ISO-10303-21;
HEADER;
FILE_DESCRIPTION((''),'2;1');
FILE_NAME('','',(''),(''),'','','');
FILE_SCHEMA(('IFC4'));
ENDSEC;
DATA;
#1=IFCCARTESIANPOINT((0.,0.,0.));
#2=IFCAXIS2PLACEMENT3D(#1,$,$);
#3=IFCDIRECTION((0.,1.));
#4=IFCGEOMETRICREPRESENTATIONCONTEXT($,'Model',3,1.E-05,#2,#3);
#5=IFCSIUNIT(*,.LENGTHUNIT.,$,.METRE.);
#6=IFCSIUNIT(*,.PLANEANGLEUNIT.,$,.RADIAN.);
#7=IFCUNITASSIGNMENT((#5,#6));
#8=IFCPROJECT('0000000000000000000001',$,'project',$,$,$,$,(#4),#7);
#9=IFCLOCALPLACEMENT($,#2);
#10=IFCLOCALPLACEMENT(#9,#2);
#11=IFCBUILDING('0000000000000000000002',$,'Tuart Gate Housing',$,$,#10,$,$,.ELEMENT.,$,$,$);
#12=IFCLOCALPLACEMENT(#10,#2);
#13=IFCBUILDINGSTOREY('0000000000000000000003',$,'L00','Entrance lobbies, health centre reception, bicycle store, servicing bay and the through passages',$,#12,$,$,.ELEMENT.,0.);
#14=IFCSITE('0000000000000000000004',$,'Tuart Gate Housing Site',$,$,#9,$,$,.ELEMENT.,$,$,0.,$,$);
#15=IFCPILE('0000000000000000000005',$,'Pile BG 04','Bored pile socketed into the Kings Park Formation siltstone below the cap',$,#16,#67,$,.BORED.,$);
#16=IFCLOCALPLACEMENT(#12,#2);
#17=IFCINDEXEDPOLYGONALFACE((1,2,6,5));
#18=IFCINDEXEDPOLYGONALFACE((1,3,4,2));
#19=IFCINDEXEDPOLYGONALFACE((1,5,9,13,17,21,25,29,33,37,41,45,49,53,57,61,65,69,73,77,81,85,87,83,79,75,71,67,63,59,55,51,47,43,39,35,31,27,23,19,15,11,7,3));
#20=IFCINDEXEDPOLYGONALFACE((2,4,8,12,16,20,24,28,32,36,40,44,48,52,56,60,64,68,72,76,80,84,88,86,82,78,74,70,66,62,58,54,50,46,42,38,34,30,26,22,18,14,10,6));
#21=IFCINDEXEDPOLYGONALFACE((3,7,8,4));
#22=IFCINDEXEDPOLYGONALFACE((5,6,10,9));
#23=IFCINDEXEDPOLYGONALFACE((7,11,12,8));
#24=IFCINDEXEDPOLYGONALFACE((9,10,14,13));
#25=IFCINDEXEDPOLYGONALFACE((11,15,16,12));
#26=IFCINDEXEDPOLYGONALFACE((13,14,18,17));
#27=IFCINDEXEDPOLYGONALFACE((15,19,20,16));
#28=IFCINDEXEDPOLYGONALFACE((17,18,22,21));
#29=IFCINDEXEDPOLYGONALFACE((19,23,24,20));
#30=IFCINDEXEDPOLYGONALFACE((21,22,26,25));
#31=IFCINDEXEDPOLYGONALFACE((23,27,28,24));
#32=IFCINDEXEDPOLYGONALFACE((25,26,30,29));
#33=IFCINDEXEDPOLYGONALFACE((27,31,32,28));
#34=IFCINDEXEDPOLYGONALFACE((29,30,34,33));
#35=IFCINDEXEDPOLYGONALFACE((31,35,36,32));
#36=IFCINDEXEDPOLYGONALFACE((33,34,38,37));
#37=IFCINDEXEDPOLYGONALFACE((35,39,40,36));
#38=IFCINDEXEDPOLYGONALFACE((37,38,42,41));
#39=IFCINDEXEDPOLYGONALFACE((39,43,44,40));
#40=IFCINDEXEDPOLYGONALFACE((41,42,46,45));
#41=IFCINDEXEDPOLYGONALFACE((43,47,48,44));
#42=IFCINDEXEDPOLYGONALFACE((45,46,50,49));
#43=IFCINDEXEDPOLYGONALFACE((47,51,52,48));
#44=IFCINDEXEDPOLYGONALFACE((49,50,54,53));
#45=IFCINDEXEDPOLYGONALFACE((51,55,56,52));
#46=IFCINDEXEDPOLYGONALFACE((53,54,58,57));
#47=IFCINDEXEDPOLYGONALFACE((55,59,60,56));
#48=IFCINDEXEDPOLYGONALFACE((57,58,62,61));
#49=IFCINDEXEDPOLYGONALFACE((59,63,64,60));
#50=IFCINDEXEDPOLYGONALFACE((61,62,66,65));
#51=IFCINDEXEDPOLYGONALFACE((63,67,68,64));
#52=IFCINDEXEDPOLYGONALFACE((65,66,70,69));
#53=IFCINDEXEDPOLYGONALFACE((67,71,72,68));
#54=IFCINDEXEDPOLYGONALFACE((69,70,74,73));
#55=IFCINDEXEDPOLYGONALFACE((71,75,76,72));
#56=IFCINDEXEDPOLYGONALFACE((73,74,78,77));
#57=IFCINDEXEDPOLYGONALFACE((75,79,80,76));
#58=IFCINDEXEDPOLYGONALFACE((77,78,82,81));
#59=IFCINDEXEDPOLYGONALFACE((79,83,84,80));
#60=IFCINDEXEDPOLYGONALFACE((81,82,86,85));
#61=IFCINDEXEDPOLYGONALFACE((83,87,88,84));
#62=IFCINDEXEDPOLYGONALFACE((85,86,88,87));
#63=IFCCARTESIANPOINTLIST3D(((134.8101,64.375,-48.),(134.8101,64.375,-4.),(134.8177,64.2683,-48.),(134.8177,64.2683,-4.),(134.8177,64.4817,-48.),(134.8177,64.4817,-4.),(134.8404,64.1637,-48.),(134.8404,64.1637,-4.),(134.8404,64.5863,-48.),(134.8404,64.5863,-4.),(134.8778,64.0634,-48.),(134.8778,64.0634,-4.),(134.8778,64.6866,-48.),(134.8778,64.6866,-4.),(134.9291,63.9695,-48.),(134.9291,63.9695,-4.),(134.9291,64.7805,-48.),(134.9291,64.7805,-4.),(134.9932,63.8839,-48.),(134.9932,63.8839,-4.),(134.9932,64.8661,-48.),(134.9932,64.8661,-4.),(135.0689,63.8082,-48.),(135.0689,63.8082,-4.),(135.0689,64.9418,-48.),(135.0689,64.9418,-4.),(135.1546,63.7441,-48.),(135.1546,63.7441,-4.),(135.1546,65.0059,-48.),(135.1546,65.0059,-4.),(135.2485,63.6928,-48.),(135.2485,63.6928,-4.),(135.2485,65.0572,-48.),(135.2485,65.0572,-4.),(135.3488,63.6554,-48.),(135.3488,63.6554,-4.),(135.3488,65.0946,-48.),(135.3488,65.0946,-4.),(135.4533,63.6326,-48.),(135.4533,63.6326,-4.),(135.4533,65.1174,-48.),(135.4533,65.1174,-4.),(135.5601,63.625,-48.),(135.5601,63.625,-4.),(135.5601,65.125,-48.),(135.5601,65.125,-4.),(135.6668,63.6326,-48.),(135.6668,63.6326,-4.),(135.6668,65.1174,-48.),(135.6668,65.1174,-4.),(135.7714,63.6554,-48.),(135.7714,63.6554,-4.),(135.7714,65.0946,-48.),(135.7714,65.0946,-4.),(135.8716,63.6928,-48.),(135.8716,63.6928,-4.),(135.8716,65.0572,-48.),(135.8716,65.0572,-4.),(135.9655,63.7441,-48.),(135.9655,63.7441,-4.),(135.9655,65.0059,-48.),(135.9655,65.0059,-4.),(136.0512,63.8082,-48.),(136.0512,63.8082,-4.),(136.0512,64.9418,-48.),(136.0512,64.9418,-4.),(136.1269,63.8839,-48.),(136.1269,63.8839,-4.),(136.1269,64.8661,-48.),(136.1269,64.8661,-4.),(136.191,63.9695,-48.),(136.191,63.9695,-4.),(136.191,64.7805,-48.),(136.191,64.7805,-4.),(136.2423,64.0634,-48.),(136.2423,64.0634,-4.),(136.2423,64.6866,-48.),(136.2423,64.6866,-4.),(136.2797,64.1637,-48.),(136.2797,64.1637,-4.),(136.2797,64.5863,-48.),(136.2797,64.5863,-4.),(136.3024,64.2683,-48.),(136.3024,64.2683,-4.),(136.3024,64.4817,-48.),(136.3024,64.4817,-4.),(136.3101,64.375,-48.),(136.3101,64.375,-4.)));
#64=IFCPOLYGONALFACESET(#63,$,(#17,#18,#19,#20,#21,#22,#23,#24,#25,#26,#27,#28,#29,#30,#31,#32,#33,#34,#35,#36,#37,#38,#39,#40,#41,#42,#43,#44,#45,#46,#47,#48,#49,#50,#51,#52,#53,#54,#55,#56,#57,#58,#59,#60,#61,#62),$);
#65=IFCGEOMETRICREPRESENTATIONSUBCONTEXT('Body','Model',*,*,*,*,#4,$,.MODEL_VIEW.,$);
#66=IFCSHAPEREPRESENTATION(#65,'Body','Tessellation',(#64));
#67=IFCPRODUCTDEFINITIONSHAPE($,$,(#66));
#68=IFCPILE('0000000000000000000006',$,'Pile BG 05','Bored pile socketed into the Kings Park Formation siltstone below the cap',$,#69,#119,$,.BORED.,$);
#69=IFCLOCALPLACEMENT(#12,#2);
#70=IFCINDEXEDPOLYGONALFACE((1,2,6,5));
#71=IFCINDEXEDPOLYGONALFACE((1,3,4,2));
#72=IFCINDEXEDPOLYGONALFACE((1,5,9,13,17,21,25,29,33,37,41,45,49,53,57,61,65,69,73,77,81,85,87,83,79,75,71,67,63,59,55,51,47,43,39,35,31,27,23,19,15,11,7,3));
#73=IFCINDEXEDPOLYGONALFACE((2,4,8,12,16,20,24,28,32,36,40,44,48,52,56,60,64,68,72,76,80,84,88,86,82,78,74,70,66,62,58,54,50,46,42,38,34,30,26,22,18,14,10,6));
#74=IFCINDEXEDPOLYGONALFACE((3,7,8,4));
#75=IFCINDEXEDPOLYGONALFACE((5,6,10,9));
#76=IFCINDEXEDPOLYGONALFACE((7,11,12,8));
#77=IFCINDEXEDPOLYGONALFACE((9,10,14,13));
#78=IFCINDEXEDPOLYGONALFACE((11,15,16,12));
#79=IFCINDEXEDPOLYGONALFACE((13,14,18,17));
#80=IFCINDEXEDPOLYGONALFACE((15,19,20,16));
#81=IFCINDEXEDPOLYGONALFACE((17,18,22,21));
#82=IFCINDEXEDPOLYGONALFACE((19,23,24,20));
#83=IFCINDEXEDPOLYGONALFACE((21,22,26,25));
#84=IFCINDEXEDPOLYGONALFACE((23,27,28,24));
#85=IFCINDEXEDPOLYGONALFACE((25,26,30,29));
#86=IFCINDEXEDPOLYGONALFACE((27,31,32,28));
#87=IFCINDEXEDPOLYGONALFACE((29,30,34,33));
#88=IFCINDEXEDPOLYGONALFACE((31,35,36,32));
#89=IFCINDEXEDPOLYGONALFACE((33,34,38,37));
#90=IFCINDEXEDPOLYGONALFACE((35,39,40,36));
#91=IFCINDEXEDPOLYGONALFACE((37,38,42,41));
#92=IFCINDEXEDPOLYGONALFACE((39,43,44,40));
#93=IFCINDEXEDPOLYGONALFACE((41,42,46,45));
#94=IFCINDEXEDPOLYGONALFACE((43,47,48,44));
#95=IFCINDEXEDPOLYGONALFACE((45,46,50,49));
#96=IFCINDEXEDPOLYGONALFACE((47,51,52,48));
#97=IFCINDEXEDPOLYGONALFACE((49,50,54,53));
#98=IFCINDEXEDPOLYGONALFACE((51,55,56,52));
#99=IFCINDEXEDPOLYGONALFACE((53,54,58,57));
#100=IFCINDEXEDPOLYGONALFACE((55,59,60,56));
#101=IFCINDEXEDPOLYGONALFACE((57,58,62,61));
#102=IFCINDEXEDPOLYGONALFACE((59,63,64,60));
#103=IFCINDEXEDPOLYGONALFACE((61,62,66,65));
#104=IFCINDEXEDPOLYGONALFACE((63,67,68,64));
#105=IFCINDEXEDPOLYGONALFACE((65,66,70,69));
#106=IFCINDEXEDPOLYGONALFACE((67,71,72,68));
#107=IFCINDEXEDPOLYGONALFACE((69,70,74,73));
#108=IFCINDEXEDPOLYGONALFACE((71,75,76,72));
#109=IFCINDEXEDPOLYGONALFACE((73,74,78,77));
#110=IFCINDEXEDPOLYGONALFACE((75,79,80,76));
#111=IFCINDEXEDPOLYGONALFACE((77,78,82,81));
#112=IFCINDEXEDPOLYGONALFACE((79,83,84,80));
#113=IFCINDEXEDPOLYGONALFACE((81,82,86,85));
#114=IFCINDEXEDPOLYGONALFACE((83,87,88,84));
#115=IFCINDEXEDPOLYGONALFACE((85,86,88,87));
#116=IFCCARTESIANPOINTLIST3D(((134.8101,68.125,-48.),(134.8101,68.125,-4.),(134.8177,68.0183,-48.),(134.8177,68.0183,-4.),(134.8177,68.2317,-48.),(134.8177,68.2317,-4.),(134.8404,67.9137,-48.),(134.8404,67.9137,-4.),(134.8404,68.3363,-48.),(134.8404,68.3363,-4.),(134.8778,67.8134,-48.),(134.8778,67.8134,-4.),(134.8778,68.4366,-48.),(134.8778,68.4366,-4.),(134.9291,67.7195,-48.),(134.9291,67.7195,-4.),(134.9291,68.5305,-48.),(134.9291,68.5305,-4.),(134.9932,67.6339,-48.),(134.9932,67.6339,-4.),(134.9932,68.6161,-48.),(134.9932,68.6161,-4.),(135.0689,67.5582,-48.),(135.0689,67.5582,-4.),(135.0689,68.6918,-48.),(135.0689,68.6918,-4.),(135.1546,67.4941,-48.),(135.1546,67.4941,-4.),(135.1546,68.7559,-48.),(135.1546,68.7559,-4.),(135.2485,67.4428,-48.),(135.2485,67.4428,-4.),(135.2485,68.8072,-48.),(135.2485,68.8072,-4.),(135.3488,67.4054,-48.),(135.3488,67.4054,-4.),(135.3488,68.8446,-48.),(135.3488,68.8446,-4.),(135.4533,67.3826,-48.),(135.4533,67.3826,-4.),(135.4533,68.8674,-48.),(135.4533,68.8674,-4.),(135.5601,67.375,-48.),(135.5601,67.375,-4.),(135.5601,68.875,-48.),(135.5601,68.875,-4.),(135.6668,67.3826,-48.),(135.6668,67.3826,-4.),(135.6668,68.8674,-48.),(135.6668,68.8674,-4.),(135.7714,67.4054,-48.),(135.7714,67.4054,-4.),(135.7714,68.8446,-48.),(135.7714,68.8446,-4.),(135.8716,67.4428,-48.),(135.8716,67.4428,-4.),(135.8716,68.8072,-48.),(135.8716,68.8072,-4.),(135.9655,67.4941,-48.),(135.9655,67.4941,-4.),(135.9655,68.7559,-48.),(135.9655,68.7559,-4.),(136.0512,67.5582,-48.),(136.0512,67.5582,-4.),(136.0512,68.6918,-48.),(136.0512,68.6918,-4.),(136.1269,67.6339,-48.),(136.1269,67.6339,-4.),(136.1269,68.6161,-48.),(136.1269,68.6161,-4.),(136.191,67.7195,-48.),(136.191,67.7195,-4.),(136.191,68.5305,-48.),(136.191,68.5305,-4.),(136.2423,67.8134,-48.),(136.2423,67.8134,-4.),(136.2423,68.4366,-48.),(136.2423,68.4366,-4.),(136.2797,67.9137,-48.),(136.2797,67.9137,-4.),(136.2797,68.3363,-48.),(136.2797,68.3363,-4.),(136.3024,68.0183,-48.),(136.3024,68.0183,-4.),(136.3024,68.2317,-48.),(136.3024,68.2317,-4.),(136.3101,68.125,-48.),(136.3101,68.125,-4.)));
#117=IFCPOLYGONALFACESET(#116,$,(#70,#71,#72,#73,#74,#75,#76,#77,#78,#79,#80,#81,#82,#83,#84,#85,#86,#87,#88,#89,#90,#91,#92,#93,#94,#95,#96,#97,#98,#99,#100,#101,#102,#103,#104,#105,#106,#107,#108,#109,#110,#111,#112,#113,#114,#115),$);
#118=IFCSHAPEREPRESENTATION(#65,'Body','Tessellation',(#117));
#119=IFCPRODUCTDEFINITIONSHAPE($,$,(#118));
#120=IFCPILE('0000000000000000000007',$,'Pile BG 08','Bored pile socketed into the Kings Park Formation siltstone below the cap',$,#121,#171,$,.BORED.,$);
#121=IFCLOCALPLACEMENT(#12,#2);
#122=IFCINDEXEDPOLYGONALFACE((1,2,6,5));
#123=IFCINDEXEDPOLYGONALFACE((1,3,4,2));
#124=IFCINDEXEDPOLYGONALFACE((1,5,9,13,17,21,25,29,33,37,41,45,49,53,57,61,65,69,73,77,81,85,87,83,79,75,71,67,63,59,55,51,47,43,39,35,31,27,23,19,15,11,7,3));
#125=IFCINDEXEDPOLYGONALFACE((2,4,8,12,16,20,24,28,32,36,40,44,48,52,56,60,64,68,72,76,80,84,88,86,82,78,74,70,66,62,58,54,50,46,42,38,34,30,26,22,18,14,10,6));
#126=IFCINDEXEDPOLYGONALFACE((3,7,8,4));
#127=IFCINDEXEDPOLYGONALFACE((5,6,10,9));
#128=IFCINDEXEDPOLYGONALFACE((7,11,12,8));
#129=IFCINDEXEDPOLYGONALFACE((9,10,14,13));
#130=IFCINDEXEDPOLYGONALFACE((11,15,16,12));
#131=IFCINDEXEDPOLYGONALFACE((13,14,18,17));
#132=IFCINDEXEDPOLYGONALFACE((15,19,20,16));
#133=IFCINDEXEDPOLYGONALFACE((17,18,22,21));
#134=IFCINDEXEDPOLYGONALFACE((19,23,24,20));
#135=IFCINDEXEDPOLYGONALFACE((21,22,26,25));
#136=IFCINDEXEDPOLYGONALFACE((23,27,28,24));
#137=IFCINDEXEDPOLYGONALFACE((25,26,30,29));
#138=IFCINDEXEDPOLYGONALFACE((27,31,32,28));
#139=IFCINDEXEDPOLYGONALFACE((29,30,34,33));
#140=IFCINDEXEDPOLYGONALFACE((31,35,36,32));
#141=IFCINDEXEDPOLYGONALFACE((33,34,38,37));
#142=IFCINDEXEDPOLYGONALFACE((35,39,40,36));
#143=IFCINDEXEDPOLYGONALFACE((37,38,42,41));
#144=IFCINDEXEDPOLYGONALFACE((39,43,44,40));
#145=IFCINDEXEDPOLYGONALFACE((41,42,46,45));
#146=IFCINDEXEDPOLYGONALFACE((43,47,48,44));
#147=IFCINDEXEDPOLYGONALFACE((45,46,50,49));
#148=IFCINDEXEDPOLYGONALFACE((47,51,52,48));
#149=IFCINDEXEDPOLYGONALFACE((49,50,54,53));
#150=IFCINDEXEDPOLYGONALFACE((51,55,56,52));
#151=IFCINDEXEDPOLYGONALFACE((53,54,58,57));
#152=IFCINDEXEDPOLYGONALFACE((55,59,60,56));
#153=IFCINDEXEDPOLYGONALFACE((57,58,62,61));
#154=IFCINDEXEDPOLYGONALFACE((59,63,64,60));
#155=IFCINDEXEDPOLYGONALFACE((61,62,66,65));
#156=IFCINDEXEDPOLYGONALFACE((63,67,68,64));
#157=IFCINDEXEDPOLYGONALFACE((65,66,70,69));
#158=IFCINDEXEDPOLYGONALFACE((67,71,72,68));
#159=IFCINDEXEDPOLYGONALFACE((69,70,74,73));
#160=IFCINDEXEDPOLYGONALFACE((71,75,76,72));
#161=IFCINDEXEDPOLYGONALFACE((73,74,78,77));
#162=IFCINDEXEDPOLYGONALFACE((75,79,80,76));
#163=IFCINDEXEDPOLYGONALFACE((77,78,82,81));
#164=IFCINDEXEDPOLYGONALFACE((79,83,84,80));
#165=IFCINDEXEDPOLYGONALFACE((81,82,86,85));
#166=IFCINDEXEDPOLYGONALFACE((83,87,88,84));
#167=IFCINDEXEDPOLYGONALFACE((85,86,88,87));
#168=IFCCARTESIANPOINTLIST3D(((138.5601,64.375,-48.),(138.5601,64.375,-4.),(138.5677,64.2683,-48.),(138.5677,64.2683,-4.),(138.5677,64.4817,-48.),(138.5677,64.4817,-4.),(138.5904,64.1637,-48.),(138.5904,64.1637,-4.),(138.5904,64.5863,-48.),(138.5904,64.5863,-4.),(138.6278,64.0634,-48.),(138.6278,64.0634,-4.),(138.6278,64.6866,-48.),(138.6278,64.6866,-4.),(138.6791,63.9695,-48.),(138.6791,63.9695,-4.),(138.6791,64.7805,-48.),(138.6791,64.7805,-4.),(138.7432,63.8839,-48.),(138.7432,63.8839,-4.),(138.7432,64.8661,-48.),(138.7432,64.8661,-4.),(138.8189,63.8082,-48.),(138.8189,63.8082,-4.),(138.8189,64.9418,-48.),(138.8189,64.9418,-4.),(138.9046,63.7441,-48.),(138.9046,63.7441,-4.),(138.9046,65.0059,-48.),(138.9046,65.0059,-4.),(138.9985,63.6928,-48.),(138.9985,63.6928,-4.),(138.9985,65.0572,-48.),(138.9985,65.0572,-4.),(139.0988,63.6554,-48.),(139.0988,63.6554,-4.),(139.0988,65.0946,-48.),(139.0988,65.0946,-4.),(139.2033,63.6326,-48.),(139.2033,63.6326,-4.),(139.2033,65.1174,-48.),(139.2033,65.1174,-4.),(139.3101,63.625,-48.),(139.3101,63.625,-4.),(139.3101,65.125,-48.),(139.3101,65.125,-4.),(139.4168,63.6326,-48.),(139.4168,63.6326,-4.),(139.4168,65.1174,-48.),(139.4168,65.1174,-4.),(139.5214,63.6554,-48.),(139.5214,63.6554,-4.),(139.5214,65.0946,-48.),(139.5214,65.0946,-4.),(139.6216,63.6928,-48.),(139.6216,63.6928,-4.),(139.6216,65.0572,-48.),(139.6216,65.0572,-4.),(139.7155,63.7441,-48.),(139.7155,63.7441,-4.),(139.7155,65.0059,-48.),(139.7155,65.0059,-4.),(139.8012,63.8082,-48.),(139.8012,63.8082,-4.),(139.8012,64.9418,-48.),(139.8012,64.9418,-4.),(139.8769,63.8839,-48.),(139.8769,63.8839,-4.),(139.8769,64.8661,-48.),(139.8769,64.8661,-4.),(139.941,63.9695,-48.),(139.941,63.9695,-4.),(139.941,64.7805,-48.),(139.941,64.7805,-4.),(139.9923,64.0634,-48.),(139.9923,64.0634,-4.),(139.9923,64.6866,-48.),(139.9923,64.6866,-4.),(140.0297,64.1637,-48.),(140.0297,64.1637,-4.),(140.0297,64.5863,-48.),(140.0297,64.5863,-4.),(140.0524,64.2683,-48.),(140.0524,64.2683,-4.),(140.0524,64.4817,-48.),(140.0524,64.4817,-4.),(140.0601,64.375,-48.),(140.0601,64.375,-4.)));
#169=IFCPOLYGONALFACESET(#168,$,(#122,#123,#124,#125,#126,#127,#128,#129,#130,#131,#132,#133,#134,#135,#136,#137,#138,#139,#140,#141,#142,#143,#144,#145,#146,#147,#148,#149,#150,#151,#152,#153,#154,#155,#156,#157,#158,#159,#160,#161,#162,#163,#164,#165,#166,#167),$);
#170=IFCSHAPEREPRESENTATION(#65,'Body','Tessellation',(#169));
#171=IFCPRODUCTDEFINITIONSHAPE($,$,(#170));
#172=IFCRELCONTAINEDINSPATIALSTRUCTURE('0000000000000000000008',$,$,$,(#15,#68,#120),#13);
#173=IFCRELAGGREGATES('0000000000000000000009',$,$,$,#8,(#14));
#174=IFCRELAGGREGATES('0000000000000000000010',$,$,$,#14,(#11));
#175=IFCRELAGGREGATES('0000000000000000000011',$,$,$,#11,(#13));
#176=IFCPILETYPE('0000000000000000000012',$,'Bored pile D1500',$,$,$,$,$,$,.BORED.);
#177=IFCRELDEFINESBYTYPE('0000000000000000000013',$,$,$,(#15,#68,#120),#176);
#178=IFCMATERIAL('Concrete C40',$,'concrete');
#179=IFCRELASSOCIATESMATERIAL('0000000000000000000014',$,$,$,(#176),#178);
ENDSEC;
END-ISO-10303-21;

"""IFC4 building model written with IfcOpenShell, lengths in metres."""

from ifc_helpers import new_model, si_unit, direction, frame, origin, origin_2d, place, context, subcontext, project, spatial, circle, extrude, material, material_profile, profile_set, type_object, element, save


model = new_model("IFC4")

# Units and contexts
model_context = context("Model", 3, precision=1e-05, world=origin(), true_north=direction((0.0, 1.0)))
body_context = subcontext(model_context, "Body", "Model", "MODEL_VIEW")
ifc_project = project(units=[si_unit("LENGTHUNIT", "METRE"), si_unit("PLANEANGLEUNIT", "RADIAN")], contexts=[model_context])

# Site, building, storey
site_placement = place(None, origin())
site = spatial("IfcSite", under=ifc_project, at=site_placement, Name="Tuart Gate Housing Site", CompositionType="ELEMENT", RefElevation=0.0)
building_placement = place(site_placement, origin())
building = spatial("IfcBuilding", under=site, at=building_placement, Name="Tuart Gate Housing", CompositionType="ELEMENT")
storey_placement = place(building_placement, origin())
storey = spatial("IfcBuildingStorey", under=building, at=storey_placement, Name="L00", Description="Entrance lobbies, health centre reception, bicycle store, servicing bay and the through passages", CompositionType="ELEMENT", Elevation=0.0)

# Piles
ifc_material_1 = material(Name="Concrete C40", Category="concrete")
ifc_material_profile_1 = material_profile(ifc_material_1, circle(Radius=0.75, at=origin_2d()), Name="Bored pile D1500")
ifc_profile_set_1 = profile_set([ifc_material_profile_1], Name="Concrete C40")
pile_type = type_object("IfcPileType", Name="Bored pile D1500", PredefinedType="BORED", material=ifc_profile_set_1)
for number, where, z_axis, x_axis, name in (
    (1, (135.5601, 64.375, -4.0), (0.0, 0.0, -1.0), (1.0, 0.0, 0.0), "Pile BG 04"),
    (2, (135.5601, 68.125, -4.0), (0.0, 0.0, -1.0), (1.0, 0.0, 0.0), "Pile BG 05"),
    (3, (139.3101, 64.375, -4.0), (0.0, 0.0, -1.0), (1.0, 0.0, 0.0), "Pile BG 08"),
):
    element("IfcPile", number, at=place(storey_placement, frame(where, z_axis=z_axis, x_axis=x_axis)), inside=storey, type_object=pile_type, Name=name, Description="Bored pile socketed into the Kings Park Formation siltstone below the cap", PredefinedType="BORED", context=body_context, shape_type="SweptSolid", body=[
        extrude(circle(Radius=0.75, at=origin_2d()), origin(), (0.0, 0.0, 1.0), 44.0),
    ])

save(model, "model.ifc")
